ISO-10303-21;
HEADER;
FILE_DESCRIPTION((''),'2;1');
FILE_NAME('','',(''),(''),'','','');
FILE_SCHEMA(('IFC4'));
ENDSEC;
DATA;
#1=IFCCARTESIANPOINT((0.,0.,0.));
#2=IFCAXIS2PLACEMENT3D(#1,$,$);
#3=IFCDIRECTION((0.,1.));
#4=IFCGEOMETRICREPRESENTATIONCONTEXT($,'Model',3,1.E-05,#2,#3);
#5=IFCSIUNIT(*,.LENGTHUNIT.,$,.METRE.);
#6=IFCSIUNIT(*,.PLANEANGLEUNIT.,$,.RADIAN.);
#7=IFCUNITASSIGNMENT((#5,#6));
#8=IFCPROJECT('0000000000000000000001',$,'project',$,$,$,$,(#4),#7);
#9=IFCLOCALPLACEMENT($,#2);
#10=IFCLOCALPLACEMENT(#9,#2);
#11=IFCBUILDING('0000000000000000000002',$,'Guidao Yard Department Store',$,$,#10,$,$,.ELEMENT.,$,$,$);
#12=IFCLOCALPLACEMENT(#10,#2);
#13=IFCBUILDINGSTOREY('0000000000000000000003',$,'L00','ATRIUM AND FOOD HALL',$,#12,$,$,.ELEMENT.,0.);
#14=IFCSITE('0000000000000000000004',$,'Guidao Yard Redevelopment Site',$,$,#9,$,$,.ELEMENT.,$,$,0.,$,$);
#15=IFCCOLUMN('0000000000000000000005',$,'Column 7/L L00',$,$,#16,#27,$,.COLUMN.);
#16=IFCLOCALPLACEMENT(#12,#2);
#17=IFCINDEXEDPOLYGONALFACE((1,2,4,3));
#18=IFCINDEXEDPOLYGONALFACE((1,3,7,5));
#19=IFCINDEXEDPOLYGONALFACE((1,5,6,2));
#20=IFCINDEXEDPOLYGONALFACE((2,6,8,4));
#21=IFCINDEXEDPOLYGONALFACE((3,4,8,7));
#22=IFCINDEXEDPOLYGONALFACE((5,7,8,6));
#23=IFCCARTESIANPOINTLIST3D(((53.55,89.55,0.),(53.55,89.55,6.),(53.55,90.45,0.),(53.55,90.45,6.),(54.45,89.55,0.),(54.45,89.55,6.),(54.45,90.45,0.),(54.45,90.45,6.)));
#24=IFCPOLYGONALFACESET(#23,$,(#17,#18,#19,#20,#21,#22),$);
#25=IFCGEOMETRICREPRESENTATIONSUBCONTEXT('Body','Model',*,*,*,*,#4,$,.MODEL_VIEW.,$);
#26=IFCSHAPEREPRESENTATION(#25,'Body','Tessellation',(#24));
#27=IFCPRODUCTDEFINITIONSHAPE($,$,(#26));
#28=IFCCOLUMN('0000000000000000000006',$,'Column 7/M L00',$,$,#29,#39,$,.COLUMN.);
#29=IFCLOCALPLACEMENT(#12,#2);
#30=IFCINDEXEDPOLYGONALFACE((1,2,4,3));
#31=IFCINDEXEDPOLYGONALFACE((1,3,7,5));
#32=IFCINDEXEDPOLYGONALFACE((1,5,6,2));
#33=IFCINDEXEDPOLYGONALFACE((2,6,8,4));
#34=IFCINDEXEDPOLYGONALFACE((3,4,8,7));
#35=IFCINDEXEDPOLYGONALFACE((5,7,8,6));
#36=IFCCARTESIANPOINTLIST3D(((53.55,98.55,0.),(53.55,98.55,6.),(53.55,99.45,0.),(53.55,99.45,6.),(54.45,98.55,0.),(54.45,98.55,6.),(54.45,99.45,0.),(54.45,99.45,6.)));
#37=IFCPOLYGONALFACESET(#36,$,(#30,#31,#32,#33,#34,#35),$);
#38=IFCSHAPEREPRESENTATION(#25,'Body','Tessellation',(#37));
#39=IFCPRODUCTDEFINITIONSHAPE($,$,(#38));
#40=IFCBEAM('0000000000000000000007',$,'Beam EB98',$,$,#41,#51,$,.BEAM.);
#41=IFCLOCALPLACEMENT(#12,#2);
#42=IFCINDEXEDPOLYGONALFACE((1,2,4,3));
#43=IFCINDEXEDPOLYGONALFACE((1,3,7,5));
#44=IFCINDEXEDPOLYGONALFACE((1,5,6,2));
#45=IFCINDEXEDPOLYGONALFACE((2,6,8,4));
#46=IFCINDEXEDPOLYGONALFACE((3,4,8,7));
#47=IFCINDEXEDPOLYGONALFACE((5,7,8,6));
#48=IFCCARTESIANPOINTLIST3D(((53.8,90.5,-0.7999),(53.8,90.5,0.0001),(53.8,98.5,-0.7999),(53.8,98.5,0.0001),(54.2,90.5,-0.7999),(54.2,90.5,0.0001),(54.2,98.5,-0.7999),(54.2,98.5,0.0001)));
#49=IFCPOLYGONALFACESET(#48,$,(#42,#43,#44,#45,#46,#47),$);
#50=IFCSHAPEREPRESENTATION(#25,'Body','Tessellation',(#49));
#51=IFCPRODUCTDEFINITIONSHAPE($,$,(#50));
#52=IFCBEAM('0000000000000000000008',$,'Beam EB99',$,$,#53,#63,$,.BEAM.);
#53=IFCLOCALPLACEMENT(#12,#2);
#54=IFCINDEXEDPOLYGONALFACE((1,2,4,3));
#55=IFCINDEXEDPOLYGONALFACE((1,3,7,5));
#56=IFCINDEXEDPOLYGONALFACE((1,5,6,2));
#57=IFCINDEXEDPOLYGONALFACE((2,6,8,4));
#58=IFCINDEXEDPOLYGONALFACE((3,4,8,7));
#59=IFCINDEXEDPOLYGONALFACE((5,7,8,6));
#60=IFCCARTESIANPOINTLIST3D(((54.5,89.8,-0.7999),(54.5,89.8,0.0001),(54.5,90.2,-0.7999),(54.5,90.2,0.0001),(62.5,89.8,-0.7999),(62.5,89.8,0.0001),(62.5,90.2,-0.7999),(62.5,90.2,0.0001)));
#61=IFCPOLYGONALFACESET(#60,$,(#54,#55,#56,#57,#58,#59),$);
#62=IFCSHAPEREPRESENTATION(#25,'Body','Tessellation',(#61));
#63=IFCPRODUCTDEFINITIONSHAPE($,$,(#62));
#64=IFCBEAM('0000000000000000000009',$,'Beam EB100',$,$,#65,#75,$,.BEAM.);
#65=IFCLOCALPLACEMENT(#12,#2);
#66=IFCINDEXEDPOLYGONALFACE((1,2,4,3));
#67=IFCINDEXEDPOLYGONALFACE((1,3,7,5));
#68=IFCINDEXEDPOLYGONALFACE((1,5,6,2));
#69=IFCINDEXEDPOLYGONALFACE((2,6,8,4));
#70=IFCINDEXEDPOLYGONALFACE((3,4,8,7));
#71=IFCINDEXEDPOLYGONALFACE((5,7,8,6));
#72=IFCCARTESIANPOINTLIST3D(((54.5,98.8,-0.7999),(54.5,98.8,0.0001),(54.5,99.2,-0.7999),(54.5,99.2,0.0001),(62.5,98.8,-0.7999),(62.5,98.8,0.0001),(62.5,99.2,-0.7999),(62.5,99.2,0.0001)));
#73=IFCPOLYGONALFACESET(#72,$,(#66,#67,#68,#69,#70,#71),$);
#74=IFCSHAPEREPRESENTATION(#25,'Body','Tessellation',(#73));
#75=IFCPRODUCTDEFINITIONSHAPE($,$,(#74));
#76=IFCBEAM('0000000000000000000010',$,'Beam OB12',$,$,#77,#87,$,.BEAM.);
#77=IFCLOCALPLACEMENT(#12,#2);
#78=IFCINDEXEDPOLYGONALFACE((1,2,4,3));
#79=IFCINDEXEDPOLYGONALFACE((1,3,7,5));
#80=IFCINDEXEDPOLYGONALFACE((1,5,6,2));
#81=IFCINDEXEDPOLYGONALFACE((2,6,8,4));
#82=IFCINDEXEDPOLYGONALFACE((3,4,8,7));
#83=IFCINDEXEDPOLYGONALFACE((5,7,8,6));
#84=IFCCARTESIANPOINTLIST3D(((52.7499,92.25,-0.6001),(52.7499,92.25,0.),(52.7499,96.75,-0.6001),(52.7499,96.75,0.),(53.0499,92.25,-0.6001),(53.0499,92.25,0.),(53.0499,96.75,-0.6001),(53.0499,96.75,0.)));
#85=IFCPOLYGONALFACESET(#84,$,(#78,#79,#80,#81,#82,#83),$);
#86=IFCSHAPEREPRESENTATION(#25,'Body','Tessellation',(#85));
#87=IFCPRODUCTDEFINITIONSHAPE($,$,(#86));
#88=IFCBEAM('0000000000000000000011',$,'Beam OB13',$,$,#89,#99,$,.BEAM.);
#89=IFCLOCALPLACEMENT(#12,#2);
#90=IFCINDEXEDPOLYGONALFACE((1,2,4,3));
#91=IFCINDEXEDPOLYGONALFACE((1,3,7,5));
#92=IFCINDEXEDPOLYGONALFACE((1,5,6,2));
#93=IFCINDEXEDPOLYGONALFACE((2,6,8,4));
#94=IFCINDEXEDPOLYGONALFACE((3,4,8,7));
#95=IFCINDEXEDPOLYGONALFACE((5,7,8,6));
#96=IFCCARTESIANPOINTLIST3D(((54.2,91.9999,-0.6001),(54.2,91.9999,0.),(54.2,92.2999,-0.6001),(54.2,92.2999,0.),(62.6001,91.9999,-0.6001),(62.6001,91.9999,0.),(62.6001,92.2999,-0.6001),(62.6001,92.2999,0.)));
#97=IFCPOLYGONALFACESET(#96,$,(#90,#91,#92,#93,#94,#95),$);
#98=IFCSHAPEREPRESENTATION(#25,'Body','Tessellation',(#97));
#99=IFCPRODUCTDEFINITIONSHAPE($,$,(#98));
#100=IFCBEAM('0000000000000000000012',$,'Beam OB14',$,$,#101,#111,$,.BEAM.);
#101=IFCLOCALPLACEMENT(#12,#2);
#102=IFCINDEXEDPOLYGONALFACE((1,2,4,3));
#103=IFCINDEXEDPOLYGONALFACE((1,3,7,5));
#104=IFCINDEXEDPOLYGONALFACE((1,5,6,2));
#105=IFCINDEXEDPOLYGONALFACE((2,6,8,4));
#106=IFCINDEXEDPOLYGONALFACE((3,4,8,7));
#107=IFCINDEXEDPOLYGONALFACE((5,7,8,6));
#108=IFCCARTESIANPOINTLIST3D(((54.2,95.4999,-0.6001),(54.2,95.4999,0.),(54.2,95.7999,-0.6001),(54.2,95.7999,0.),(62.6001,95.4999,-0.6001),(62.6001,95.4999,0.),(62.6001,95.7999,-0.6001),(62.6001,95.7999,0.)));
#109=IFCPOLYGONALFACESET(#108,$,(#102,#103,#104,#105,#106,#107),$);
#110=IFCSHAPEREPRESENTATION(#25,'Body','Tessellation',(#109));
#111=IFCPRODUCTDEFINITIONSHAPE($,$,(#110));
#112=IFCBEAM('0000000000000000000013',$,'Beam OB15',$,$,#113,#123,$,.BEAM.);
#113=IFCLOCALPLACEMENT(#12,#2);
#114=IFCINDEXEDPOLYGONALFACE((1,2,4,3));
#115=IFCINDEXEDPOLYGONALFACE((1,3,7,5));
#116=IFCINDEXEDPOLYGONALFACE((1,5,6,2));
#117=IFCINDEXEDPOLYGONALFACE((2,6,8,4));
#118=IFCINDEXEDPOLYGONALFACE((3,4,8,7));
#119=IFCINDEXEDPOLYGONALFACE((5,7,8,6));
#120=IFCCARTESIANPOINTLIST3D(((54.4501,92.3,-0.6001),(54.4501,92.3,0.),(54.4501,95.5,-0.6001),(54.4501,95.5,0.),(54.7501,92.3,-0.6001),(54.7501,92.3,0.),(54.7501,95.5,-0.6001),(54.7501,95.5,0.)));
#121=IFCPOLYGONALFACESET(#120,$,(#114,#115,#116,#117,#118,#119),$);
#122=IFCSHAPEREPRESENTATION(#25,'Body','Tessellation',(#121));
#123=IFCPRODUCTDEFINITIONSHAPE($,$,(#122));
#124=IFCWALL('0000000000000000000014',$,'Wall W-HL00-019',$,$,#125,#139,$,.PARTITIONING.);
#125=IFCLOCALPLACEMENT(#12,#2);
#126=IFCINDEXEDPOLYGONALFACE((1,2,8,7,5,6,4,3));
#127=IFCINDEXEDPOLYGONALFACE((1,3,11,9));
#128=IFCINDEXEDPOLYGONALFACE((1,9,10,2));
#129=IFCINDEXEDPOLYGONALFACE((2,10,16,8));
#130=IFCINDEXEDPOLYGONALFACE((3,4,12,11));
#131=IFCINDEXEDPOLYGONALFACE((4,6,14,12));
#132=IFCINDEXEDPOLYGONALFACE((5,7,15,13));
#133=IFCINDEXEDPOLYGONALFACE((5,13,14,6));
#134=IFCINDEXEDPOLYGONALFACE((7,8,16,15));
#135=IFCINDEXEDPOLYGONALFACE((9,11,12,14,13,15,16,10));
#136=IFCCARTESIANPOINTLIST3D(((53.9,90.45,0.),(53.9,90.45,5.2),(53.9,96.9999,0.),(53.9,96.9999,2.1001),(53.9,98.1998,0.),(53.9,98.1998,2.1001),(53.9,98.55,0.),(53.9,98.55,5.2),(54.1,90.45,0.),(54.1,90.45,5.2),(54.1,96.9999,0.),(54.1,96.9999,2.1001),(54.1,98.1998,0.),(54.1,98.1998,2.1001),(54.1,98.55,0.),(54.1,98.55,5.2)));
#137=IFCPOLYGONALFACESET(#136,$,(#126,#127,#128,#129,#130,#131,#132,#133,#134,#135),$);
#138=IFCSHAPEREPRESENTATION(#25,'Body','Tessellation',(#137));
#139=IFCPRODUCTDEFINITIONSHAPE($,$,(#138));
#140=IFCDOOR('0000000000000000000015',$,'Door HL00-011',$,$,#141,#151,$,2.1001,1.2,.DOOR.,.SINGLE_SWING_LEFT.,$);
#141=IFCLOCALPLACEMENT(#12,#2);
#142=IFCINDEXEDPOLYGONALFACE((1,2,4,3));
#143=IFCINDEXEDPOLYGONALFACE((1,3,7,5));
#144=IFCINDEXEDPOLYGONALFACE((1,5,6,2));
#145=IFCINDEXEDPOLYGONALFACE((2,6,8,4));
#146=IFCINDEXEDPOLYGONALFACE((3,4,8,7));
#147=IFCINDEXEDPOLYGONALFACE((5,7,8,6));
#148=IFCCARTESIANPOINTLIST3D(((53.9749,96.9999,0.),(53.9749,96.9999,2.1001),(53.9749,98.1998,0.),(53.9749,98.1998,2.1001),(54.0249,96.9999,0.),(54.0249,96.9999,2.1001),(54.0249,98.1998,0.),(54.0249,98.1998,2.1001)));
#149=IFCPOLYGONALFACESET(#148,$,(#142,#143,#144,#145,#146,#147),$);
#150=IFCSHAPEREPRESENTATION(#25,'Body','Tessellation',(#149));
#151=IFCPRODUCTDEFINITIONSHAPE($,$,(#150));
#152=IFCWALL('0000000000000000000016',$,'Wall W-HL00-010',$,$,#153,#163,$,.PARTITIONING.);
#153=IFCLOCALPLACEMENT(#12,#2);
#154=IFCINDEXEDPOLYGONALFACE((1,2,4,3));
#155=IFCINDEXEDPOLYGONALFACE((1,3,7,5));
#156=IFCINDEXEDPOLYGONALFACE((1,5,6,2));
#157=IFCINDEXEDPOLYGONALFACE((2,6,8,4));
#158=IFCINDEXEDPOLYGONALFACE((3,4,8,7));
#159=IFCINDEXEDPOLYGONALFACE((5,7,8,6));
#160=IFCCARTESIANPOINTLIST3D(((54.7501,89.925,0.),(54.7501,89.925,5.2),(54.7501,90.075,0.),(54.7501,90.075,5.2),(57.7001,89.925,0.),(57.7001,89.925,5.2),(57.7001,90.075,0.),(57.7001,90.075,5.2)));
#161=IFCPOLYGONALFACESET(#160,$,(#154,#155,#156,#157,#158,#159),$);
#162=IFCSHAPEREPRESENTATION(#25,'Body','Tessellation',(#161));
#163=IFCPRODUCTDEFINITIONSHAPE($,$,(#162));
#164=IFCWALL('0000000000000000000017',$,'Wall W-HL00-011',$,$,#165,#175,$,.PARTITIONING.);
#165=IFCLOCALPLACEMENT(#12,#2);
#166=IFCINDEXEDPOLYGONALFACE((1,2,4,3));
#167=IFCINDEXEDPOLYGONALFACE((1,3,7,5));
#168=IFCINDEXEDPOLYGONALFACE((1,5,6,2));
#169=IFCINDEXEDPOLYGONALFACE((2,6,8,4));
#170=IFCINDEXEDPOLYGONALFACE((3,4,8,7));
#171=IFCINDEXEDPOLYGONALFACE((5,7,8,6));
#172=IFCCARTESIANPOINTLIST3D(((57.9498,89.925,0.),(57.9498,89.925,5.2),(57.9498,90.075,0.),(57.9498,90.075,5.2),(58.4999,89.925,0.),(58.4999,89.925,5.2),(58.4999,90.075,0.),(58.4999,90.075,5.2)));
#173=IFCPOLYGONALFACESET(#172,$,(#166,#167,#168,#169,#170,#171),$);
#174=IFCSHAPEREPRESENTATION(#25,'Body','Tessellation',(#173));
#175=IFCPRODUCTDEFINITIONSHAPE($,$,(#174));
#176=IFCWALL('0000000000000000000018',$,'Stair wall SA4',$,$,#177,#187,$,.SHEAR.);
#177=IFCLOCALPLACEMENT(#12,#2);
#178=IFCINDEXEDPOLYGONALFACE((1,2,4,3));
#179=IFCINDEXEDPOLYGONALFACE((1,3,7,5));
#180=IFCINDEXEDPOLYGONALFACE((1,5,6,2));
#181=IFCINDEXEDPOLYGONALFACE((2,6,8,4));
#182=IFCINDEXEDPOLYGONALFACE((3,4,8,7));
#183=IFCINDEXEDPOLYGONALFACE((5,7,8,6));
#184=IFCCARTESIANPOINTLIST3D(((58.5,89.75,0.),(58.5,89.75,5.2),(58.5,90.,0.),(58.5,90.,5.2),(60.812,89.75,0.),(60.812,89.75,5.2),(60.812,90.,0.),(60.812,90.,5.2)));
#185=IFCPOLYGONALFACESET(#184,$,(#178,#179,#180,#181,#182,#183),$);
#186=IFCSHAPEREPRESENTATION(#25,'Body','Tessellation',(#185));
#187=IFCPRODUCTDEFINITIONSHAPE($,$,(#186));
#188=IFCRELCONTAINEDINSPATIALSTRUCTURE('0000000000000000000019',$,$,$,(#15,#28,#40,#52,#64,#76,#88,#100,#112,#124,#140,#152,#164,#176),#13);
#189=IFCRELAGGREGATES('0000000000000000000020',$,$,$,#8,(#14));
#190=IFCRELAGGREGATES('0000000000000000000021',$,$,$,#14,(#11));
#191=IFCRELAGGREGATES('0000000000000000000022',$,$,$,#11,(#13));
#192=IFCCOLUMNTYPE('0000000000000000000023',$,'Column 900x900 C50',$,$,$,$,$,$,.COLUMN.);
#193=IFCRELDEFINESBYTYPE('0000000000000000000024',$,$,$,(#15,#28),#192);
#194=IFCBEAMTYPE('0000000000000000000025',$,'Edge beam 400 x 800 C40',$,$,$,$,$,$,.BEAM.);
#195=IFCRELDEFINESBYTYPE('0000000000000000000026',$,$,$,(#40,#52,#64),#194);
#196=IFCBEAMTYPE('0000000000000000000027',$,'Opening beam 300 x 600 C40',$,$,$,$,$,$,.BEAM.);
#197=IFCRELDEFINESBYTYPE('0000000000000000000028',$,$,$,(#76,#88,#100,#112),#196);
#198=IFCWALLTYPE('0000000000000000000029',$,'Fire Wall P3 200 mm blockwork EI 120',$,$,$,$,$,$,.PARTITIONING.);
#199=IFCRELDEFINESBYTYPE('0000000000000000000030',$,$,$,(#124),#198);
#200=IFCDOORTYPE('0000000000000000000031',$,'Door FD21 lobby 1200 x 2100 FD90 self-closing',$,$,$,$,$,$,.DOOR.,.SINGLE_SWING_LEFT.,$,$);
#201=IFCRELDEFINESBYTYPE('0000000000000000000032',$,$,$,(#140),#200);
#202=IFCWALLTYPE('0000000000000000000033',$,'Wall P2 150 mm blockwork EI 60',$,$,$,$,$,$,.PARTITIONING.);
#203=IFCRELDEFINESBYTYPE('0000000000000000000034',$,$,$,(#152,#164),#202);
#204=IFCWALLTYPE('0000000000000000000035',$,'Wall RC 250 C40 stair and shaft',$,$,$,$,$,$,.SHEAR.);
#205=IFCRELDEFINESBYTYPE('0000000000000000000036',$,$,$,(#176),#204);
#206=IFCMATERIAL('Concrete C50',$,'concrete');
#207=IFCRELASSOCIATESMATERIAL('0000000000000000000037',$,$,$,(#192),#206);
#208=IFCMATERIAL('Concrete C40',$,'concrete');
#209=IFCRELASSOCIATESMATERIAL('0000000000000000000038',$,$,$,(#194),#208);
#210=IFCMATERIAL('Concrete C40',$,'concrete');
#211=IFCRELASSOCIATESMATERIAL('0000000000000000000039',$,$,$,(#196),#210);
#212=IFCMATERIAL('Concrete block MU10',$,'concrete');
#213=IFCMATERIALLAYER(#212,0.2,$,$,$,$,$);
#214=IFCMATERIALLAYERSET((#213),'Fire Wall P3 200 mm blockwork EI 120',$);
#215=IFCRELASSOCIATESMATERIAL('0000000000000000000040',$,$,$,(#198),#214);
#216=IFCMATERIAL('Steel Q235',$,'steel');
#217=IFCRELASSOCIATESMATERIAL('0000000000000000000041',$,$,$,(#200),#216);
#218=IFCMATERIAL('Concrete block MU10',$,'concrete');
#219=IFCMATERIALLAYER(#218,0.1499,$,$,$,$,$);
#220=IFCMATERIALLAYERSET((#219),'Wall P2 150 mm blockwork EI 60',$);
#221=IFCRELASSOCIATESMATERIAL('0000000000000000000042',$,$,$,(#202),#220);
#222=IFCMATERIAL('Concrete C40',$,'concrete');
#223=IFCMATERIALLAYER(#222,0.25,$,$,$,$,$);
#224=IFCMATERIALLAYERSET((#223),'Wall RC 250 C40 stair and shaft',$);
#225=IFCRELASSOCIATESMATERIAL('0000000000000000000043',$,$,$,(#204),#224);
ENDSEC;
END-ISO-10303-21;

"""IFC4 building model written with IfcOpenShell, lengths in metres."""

from ifc_helpers import new_model, si_unit, direction, frame, frame_2d, origin, origin_2d, place, context, subcontext, project, spatial, rectangle, extrude, material, layer, layer_set, material_profile, profile_set, type_object, element, fill, save


model = new_model("IFC4")

# Units and contexts
model_context = context("Model", 3, precision=1e-05, world=origin(), true_north=direction((0.0, 1.0)))
body_context = subcontext(model_context, "Body", "Model", "MODEL_VIEW")
ifc_project = project(units=[si_unit("LENGTHUNIT", "METRE"), si_unit("PLANEANGLEUNIT", "RADIAN")], contexts=[model_context])

# Site, building, storey
site_placement = place(None, origin())
site = spatial("IfcSite", under=ifc_project, at=site_placement, Name="Guidao Yard Redevelopment Site", CompositionType="ELEMENT", RefElevation=0.0)
building_placement = place(site_placement, origin())
building = spatial("IfcBuilding", under=site, at=building_placement, Name="Guidao Yard Department Store", CompositionType="ELEMENT")
storey_placement = place(building_placement, origin())
storey = spatial("IfcBuildingStorey", under=building, at=storey_placement, Name="L00", Description="ATRIUM AND FOOD HALL", CompositionType="ELEMENT", Elevation=0.0)

# Columns
ifc_material_1 = material(Name="Concrete C50", Category="concrete")
ifc_material_profile_1 = material_profile(ifc_material_1, rectangle(XDim=0.8999, YDim=0.8999, at=origin_2d()), Name="COL 900x900")
ifc_profile_set_1 = profile_set([ifc_material_profile_1], Name="Concrete C50")
column_type = type_object("IfcColumnType", Name="Column 900x900 C50", PredefinedType="COLUMN", material=ifc_profile_set_1)
for number, where, z_axis, x_axis, name in (
    (1, (54.0, 90.0, 0.0), (0.0, 0.0, 1.0), (1.0, 0.0, 0.0), "Column 7/L L00"),
    (2, (54.0, 99.0, 0.0), (0.0, 0.0, 1.0), (1.0, 0.0, 0.0), "Column 7/M L00"),
):
    element("IfcColumn", number, at=place(storey_placement, frame(where, z_axis=z_axis, x_axis=x_axis)), inside=storey, type_object=column_type, Name=name, PredefinedType="COLUMN", context=body_context, shape_type="SweptSolid", body=[
        extrude(rectangle(XDim=0.8999, YDim=0.8999, at=origin_2d()), origin(), (0.0, 0.0, 1.0), 6.0),
    ])

# Beams
ifc_material_2 = material(Name="Concrete C40", Category="concrete")
ifc_material_profile_2 = material_profile(ifc_material_2, rectangle(XDim=0.3999, YDim=0.8, at=origin_2d()), Name="Edge beam 400 x 800 C40")
ifc_profile_set_2 = profile_set([ifc_material_profile_2], Name="Concrete C40")
beam_type_1 = type_object("IfcBeamType", Name="Edge beam 400 x 800 C40", PredefinedType="BEAM", material=ifc_profile_set_2)
for number, where, z_axis, x_axis, name in (
    (3, (54.0, 90.5, -0.3999), (0.0, 1.0, 0.0), (-1.0, 0.0, 0.0), "Beam EB98"),
    (4, (54.5, 90.0, -0.3999), (1.0, 0.0, 0.0), (0.0, 1.0, 0.0), "Beam EB99"),
    (5, (54.5, 99.0, -0.3999), (1.0, 0.0, 0.0), (0.0, 1.0, 0.0), "Beam EB100"),
):
    element("IfcBeam", number, at=place(storey_placement, frame(where, z_axis=z_axis, x_axis=x_axis)), inside=storey, type_object=beam_type_1, Name=name, PredefinedType="BEAM", context=body_context, shape_type="SweptSolid", body=[
        extrude(rectangle(XDim=0.3999, YDim=0.8, at=origin_2d()), origin(), (0.0, 0.0, 1.0), 8.0),
    ])
ifc_material_3 = material(Name="Concrete C40", Category="concrete")
ifc_material_profile_3 = material_profile(ifc_material_3, rectangle(XDim=0.3, YDim=0.6001, at=origin_2d()), Name="Opening beam 300 x 600 C40")
ifc_profile_set_3 = profile_set([ifc_material_profile_3], Name="Concrete C40")
beam_type_2 = type_object("IfcBeamType", Name="Opening beam 300 x 600 C40", PredefinedType="BEAM", material=ifc_profile_set_3)
beam_1_placement = place(storey_placement, frame((52.8999, 92.25, -0.3), z_axis=(0.0, 1.0, 0.0), x_axis=(-1.0, 0.0, 0.0)))
element("IfcBeam", 6, at=beam_1_placement, inside=storey, type_object=beam_type_2, Name="Beam OB12", PredefinedType="BEAM", context=body_context, shape_type="SweptSolid", body=[
    extrude(rectangle(XDim=0.3, YDim=0.6001, at=origin_2d()), origin(), (0.0, 0.0, 1.0), 4.5),
])
for number, where, z_axis, x_axis, name in (
    (7, (54.2, 92.1499, -0.3), (1.0, 0.0, 0.0), (0.0, 1.0, 0.0), "Beam OB13"),
    (8, (54.2, 95.6499, -0.3), (1.0, 0.0, 0.0), (0.0, 1.0, 0.0), "Beam OB14"),
):
    element("IfcBeam", number, at=place(storey_placement, frame(where, z_axis=z_axis, x_axis=x_axis)), inside=storey, type_object=beam_type_2, Name=name, PredefinedType="BEAM", context=body_context, shape_type="SweptSolid", body=[
        extrude(rectangle(XDim=0.3, YDim=0.6001, at=origin_2d()), origin(), (0.0, 0.0, 1.0), 8.4001),
    ])
beam_2_placement = place(storey_placement, frame((54.6001, 92.3, -0.3), z_axis=(0.0, 1.0, 0.0), x_axis=(-1.0, 0.0, 0.0)))
element("IfcBeam", 9, at=beam_2_placement, inside=storey, type_object=beam_type_2, Name="Beam OB15", PredefinedType="BEAM", context=body_context, shape_type="SweptSolid", body=[
    extrude(rectangle(XDim=0.3, YDim=0.6001, at=origin_2d()), origin(), (0.0, 0.0, 1.0), 3.2),
])

# Wall, opening, door
ifc_material_4 = material(Name="Concrete block MU10", Category="concrete")
ifc_layer_1 = layer(ifc_material_4, 0.2)
ifc_layer_set_1 = layer_set([ifc_layer_1], Name="Fire Wall P3 200 mm blockwork EI 120")
wall_type_1 = type_object("IfcWallType", Name="Fire Wall P3 200 mm blockwork EI 120", PredefinedType="PARTITIONING", material=ifc_layer_set_1)
wall_1_placement = place(storey_placement, frame((54.0, 90.45, 0.0), z_axis=(0.0, 0.0, 1.0), x_axis=(0.0, 1.0, 0.0)))
wall_1 = element("IfcWall", 10, at=wall_1_placement, inside=storey, type_object=wall_type_1, Name="Wall W-HL00-019", PredefinedType="PARTITIONING", context=body_context, shape_type="SweptSolid", body=[
    extrude(rectangle(XDim=8.1001, YDim=0.2, at=frame_2d((4.05, 0.0))), origin(), (0.0, 0.0, 1.0), 5.2),
])
opening_1_placement = place(wall_1_placement, frame((7.75, 0.0, 0.0), z_axis=(0.0, 0.0, 1.0), x_axis=(-1.0, 0.0, 0.0)))
opening_1 = element("IfcOpeningElement", 11, at=opening_1_placement, cuts=wall_1, PredefinedType="OPENING", context=body_context, shape_type="SweptSolid", body=[
    extrude(rectangle(XDim=1.2, YDim=2.1001, at=frame_2d((0.6001, 1.05))), frame((0.0, 0.1099, 0.0), z_axis=(0.0, -1.0, 0.0), x_axis=(1.0, 0.0, 0.0)), (0.0, 0.0, 1.0), 0.22),
])
ifc_material_5 = material(Name="Steel Q235", Category="steel")
door_type_1 = type_object("IfcDoorType", Name="Door FD21 lobby 1200 x 2100 FD90 self-closing", OperationType="SINGLE_SWING_LEFT", PredefinedType="DOOR", material=ifc_material_5)
door_1_placement = place(opening_1_placement, origin())
door_1 = element("IfcDoor", 12, at=door_1_placement, inside=storey, type_object=door_type_1, Name="Door HL00-011", OperationType="SINGLE_SWING_LEFT", OverallHeight=2.1001, OverallWidth=1.2, PredefinedType="DOOR", context=body_context, shape_type="SweptSolid", body=[
    extrude(rectangle(XDim=1.2, YDim=2.1001, at=frame_2d((0.6001, 1.05))), frame((0.0, 0.0249, 0.0), z_axis=(0.0, -1.0, 0.0), x_axis=(1.0, 0.0, 0.0)), (0.0, 0.0, 1.0), 0.05),
])
fill(opening_1, door_1)

# Walls
ifc_material_6 = material(Name="Concrete block MU10", Category="concrete")
ifc_layer_2 = layer(ifc_material_6, 0.1499)
ifc_layer_set_2 = layer_set([ifc_layer_2], Name="Wall P2 150 mm blockwork EI 60")
wall_type_2 = type_object("IfcWallType", Name="Wall P2 150 mm blockwork EI 60", PredefinedType="PARTITIONING", material=ifc_layer_set_2)
wall_2_placement = place(storey_placement, frame((54.75, 90.0, 0.0), z_axis=(0.0, 0.0, 1.0), x_axis=(1.0, 0.0, 0.0)))
element("IfcWall", 13, at=wall_2_placement, inside=storey, type_object=wall_type_2, Name="Wall W-HL00-010", PredefinedType="PARTITIONING", context=body_context, shape_type="SweptSolid", body=[
    extrude(rectangle(XDim=2.95, YDim=0.1499, at=frame_2d((1.4751, 0.0))), origin(), (0.0, 0.0, 1.0), 5.2),
])
wall_3_placement = place(storey_placement, frame((57.95, 90.0, 0.0), z_axis=(0.0, 0.0, 1.0), x_axis=(1.0, 0.0, 0.0)))
element("IfcWall", 14, at=wall_3_placement, inside=storey, type_object=wall_type_2, Name="Wall W-HL00-011", PredefinedType="PARTITIONING", context=body_context, shape_type="SweptSolid", body=[
    extrude(rectangle(XDim=0.55, YDim=0.1499, at=frame_2d((0.2749, 0.0))), origin(), (0.0, 0.0, 1.0), 5.2),
])
ifc_material_7 = material(Name="Concrete C40", Category="concrete")
ifc_layer_3 = layer(ifc_material_7, 0.25)
ifc_layer_set_3 = layer_set([ifc_layer_3], Name="Wall RC 250 C40 stair and shaft")
wall_type_3 = type_object("IfcWallType", Name="Wall RC 250 C40 stair and shaft", PredefinedType="SHEAR", material=ifc_layer_set_3)
wall_4_placement = place(storey_placement, frame((58.5, 89.875, 0.0), z_axis=(0.0, 0.0, 1.0), x_axis=(1.0, 0.0, 0.0)))
element("IfcWall", 15, at=wall_4_placement, inside=storey, type_object=wall_type_3, Name="Stair wall SA4", PredefinedType="SHEAR", context=body_context, shape_type="SweptSolid", body=[
    extrude(rectangle(XDim=2.312, YDim=0.25, at=frame_2d((1.156, 0.0))), origin(), (0.0, 0.0, 1.0), 5.2),
])

save(model, "model.ifc")
